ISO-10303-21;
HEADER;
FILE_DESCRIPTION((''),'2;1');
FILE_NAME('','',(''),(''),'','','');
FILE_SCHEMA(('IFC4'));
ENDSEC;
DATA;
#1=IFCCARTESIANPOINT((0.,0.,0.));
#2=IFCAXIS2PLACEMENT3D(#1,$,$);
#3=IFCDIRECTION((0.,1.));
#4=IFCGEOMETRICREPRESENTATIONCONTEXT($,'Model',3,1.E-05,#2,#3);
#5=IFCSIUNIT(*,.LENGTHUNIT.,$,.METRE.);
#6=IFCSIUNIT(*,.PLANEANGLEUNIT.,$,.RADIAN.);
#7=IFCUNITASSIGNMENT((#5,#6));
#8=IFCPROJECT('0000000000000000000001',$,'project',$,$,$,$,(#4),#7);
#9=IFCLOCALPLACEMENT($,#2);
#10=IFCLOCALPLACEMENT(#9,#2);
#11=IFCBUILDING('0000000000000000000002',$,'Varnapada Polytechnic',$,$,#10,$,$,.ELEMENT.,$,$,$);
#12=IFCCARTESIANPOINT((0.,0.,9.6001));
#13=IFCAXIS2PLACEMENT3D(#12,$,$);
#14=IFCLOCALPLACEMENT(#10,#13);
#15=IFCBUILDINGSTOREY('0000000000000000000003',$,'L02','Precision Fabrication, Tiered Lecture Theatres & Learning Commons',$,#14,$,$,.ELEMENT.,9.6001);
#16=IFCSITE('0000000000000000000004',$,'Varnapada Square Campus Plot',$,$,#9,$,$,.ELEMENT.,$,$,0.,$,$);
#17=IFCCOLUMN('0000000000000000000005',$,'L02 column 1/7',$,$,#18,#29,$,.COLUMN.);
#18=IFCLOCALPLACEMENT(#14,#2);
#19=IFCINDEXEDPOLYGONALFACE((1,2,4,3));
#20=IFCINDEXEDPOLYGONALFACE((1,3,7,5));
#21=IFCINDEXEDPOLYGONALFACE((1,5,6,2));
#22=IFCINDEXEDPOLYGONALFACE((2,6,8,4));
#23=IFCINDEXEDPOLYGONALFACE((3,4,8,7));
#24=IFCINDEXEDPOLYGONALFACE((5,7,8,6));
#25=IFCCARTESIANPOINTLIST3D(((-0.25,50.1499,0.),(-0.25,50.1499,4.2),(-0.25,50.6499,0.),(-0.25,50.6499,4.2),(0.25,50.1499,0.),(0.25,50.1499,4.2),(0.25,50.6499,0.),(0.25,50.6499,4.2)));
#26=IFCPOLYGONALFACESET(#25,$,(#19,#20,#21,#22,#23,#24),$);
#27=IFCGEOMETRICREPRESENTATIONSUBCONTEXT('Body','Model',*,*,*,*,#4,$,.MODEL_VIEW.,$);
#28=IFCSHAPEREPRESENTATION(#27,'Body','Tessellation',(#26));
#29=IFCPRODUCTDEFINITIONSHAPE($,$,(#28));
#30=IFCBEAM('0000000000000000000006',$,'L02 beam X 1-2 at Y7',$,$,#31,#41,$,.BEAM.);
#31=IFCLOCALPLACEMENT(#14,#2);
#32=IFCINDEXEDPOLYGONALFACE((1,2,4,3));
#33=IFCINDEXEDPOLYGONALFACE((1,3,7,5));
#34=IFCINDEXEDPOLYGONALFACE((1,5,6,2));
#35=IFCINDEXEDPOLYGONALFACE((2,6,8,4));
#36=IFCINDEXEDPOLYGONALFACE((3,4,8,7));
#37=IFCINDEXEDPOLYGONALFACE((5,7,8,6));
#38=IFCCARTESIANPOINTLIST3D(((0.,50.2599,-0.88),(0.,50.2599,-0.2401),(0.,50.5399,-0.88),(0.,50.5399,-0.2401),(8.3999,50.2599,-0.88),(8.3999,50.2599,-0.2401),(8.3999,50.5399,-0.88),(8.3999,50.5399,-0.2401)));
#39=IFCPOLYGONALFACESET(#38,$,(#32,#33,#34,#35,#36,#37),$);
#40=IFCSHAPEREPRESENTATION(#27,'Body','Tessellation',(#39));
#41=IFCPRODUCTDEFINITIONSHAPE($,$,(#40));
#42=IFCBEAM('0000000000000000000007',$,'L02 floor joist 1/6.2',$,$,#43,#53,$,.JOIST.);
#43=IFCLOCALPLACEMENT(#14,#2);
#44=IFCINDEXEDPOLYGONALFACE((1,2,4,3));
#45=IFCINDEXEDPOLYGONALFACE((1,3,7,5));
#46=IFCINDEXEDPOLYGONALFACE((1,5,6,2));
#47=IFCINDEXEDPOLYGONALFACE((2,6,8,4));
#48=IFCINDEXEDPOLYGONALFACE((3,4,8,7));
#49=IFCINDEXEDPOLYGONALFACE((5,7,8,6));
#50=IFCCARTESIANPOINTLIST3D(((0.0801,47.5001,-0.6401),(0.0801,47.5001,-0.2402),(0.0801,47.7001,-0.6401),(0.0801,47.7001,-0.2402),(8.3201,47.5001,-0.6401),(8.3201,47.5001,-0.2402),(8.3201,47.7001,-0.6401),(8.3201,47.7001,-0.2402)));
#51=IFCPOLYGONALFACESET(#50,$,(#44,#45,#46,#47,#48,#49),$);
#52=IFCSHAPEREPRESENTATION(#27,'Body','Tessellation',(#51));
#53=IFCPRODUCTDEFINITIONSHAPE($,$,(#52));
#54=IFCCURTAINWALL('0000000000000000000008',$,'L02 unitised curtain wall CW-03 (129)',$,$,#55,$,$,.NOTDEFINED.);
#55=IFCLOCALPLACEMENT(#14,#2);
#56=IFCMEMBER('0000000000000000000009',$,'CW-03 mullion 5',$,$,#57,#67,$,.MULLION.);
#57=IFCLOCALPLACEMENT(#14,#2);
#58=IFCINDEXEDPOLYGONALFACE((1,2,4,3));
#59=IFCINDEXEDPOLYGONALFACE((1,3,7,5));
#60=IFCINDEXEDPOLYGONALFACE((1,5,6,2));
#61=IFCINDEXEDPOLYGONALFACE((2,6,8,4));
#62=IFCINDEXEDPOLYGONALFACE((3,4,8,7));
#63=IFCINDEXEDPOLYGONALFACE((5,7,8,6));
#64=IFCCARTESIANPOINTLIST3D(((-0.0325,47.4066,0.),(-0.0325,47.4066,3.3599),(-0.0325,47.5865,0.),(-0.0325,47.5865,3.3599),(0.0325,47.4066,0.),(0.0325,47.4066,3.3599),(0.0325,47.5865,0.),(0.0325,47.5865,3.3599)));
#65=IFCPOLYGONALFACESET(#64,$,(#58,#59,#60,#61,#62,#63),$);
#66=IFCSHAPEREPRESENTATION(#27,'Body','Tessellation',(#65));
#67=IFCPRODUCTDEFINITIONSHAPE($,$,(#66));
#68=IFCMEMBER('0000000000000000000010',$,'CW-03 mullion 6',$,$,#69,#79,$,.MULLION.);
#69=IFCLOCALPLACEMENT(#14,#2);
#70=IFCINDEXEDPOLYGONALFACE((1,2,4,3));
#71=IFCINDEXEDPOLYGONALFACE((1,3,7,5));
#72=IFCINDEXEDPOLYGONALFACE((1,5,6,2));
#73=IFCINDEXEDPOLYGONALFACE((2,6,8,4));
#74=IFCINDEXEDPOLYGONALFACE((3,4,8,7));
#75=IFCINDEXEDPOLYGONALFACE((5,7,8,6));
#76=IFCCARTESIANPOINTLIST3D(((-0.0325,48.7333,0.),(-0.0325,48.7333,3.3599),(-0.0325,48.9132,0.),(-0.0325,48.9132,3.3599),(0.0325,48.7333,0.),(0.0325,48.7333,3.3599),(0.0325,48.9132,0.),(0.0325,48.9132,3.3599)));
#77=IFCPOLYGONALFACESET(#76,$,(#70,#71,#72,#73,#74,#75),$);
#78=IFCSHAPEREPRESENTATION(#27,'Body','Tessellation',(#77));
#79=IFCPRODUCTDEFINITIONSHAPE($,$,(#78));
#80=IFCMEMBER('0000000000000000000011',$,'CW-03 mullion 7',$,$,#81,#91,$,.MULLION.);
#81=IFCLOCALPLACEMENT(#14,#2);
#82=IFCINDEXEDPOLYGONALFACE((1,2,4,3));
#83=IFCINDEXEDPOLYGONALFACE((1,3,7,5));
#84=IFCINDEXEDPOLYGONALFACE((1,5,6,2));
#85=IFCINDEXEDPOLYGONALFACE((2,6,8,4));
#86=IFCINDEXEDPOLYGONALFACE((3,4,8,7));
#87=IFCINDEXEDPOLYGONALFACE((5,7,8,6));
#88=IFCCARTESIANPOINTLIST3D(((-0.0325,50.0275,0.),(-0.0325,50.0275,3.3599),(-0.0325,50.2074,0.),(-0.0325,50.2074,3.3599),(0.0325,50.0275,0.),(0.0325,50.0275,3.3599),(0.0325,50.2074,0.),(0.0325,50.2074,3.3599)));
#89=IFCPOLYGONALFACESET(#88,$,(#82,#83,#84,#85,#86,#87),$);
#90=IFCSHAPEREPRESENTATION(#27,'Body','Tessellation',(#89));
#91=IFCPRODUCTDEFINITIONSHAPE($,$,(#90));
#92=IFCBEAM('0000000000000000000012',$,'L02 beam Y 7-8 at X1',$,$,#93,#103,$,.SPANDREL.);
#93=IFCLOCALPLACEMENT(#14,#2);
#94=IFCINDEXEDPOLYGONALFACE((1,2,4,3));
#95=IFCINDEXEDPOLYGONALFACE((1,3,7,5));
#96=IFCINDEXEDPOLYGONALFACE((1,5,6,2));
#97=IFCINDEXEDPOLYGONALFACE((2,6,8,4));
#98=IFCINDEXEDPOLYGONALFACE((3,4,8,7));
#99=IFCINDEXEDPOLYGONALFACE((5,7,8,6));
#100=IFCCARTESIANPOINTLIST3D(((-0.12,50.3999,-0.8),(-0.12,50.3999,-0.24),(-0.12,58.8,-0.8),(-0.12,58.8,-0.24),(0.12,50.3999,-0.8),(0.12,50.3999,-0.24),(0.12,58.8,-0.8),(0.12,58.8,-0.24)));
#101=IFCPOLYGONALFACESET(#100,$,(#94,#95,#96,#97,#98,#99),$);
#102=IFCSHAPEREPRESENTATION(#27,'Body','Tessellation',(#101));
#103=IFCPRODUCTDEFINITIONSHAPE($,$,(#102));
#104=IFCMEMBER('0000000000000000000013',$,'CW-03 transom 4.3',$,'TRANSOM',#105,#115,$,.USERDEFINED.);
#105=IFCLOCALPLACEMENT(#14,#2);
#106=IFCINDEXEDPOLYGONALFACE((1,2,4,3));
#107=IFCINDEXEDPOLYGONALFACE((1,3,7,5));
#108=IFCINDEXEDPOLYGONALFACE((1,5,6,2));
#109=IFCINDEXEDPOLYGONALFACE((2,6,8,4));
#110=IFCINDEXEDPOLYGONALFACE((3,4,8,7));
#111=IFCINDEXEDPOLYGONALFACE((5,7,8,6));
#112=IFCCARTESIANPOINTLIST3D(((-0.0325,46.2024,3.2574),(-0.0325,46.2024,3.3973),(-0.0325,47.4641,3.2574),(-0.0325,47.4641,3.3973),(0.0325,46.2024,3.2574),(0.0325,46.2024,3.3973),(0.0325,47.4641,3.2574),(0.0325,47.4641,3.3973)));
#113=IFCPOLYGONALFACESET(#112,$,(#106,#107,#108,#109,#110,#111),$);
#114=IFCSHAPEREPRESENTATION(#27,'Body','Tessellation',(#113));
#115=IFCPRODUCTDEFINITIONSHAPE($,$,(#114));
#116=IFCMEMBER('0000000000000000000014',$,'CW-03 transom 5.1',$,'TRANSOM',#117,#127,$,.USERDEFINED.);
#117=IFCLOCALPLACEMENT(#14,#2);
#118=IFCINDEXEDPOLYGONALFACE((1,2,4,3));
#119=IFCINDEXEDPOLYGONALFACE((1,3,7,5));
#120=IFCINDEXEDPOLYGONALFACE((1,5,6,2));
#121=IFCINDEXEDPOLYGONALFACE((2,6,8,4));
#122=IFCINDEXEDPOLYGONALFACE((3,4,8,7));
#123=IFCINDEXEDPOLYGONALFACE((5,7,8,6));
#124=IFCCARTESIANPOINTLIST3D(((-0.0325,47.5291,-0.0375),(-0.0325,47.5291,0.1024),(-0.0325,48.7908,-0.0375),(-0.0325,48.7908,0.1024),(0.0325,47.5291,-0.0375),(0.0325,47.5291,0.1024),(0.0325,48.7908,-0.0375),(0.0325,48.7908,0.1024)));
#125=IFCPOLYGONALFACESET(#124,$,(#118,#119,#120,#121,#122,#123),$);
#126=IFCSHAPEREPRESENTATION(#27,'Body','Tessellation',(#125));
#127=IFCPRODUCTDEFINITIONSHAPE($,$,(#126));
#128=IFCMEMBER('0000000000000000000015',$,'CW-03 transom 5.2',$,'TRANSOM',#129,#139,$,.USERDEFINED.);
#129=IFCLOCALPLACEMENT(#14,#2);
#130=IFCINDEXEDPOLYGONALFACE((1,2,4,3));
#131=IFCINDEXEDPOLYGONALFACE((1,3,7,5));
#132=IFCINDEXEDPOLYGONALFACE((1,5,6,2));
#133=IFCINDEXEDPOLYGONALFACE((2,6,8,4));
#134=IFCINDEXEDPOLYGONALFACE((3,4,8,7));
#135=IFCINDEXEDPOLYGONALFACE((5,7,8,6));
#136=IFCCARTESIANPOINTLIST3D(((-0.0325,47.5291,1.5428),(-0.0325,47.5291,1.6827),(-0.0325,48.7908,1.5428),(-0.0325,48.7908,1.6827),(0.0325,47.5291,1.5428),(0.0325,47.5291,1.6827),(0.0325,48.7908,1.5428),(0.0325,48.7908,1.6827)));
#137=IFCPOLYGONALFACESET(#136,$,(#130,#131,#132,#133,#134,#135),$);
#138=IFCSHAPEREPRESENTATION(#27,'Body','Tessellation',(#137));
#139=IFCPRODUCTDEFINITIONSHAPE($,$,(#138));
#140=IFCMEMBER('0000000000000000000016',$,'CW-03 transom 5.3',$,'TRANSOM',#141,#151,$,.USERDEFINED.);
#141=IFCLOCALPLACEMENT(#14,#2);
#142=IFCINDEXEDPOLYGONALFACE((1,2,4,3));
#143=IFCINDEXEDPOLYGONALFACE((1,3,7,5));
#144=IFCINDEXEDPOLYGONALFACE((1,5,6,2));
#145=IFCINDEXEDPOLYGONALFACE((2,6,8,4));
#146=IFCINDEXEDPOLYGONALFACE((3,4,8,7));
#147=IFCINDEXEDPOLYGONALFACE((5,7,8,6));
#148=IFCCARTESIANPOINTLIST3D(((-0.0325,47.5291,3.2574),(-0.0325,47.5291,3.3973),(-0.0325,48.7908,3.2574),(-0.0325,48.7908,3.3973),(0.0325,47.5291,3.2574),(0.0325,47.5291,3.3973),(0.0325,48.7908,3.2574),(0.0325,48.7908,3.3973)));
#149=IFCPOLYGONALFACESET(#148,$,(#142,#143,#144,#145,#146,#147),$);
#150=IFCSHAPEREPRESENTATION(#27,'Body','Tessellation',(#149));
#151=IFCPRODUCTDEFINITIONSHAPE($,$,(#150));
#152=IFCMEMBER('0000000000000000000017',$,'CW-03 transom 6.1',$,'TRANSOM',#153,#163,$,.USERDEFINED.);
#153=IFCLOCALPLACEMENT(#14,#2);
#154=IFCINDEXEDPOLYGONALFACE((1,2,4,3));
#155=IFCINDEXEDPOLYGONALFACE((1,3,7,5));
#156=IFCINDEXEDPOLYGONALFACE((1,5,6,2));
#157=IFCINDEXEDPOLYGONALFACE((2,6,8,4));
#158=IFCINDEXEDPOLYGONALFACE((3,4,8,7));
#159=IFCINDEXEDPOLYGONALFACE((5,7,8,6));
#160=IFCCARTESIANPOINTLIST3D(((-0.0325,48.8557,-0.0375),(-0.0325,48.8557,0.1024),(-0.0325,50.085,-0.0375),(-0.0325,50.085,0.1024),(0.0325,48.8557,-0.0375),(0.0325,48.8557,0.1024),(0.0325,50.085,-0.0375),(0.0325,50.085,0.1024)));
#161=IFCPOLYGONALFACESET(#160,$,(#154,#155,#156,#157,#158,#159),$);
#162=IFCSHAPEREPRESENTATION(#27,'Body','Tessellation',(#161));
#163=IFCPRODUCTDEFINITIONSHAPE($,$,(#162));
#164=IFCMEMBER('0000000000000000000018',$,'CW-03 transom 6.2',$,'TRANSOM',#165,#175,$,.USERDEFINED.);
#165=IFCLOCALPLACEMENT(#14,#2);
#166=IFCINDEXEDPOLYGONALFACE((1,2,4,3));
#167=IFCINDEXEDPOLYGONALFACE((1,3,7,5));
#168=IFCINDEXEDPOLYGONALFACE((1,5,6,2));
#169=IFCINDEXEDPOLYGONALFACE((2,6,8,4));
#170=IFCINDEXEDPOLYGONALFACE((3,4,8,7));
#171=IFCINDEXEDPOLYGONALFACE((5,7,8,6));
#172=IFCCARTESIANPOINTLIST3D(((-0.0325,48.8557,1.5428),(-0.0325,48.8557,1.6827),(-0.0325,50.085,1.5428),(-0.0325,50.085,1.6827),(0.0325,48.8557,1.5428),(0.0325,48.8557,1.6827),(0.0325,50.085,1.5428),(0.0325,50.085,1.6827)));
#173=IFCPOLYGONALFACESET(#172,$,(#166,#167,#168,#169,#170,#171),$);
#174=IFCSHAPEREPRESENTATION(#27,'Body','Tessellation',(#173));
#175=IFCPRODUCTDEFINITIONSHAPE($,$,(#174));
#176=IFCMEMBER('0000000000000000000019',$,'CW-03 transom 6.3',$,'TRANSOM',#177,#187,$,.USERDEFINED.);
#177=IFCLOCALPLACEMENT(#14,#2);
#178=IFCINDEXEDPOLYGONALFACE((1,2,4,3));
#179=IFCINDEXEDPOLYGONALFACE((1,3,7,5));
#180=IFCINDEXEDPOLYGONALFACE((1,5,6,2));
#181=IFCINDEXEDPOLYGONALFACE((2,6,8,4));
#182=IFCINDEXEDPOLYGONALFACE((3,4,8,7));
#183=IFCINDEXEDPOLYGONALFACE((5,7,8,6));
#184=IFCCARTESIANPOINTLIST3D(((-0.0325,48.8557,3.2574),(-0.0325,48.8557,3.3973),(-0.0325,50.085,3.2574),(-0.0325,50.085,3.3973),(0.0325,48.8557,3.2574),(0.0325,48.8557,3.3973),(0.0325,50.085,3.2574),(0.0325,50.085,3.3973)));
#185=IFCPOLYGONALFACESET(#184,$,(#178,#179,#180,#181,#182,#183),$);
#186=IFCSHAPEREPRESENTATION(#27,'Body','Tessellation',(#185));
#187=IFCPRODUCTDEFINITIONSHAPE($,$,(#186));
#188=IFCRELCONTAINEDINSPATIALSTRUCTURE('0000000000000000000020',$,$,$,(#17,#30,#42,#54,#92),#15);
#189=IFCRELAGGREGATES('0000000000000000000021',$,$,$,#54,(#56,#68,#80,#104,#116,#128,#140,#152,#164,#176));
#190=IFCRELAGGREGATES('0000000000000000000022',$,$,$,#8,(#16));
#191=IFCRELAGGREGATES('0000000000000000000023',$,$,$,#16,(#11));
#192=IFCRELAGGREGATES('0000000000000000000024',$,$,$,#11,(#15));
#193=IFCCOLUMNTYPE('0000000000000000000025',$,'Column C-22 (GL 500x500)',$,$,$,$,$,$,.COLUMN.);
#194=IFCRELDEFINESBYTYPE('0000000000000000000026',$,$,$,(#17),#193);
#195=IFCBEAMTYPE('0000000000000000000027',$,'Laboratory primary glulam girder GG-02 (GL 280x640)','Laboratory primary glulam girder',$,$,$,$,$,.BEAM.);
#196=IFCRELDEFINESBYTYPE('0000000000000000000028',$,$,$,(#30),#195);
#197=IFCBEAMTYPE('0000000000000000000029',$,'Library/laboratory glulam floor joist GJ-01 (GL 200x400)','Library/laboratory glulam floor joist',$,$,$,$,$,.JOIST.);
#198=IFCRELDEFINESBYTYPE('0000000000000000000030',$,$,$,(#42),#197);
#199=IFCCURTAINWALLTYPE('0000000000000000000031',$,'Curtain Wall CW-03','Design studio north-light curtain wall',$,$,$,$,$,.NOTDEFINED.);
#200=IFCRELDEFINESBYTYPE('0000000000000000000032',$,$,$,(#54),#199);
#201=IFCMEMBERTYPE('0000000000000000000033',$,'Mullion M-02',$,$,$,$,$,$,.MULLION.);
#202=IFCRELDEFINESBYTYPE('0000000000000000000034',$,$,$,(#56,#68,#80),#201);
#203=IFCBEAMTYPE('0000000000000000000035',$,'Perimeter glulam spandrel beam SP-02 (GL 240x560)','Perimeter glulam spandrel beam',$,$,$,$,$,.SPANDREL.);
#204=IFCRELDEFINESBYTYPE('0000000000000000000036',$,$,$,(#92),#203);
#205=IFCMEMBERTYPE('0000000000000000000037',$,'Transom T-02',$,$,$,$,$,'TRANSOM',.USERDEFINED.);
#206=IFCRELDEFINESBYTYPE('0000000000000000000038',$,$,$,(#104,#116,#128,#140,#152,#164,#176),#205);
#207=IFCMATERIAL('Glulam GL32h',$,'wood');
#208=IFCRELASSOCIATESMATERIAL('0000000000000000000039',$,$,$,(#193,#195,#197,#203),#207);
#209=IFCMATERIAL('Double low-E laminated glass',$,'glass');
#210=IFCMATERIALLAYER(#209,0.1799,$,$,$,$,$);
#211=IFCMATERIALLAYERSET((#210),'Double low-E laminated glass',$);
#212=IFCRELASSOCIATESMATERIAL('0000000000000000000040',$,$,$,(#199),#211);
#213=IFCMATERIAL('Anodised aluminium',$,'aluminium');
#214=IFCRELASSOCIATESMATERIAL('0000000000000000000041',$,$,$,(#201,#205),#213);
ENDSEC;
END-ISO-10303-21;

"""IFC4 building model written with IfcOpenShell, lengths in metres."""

from ifc_helpers import new_model, si_unit, direction, frame, origin, origin_2d, place, context, subcontext, project, spatial, rectangle, extrude, material, layer, layer_set, material_profile, profile_set, type_object, element, aggregate, save


model = new_model("IFC4")

# Units and contexts
model_context = context("Model", 3, precision=1e-05, world=origin(), true_north=direction((0.0, 1.0)))
body_context = subcontext(model_context, "Body", "Model", "MODEL_VIEW")
ifc_project = project(units=[si_unit("LENGTHUNIT", "METRE"), si_unit("PLANEANGLEUNIT", "RADIAN")], contexts=[model_context])

# Site, building, storey
site_placement = place(None, origin())
site = spatial("IfcSite", under=ifc_project, at=site_placement, Name="Varnapada Square Campus Plot", CompositionType="ELEMENT", RefElevation=0.0)
building_placement = place(site_placement, origin())
building = spatial("IfcBuilding", under=site, at=building_placement, Name="Varnapada Polytechnic", CompositionType="ELEMENT")
storey_placement = place(building_placement, frame((0.0, 0.0, 9.6001)))
storey = spatial("IfcBuildingStorey", under=building, at=storey_placement, Name="L02", Description="Precision Fabrication, Tiered Lecture Theatres & Learning Commons", CompositionType="ELEMENT", Elevation=9.6001)

# Column
ifc_material_1 = material(Name="Glulam GL32h", Category="wood")
ifc_material_profile_1 = material_profile(ifc_material_1, rectangle(XDim=0.5, YDim=0.5, at=origin_2d()), Name="GL 500x500")
ifc_profile_set_1 = profile_set([ifc_material_profile_1], Name="Glulam GL32h")
column_type = type_object("IfcColumnType", Name="Column C-22 (GL 500x500)", PredefinedType="COLUMN", material=ifc_profile_set_1)
column_placement = place(storey_placement, frame((0.0, 50.3999, 0.0), z_axis=(0.0, 0.0, 1.0), x_axis=(1.0, 0.0, 0.0)))
element("IfcColumn", 1, at=column_placement, inside=storey, type_object=column_type, Name="L02 column 1/7", PredefinedType="COLUMN", context=body_context, shape_type="SweptSolid", body=[
    extrude(rectangle(XDim=0.5, YDim=0.5, at=origin_2d()), origin(), (0.0, 0.0, 1.0), 4.2),
])

# Beams
ifc_material_profile_2 = material_profile(ifc_material_1, rectangle(XDim=0.28, YDim=0.6399, at=origin_2d()), Name="GL 280x640")
ifc_profile_set_2 = profile_set([ifc_material_profile_2], Name="Glulam GL32h")
beam_type_1 = type_object("IfcBeamType", Name="Laboratory primary glulam girder GG-02 (GL 280x640)", Description="Laboratory primary glulam girder", PredefinedType="BEAM", material=ifc_profile_set_2)
beam_1_placement = place(storey_placement, frame((0.0, 50.3999, -0.5601), z_axis=(1.0, 0.0, 0.0), x_axis=(0.0, 1.0, 0.0)))
element("IfcBeam", 2, at=beam_1_placement, inside=storey, type_object=beam_type_1, Name="L02 beam X 1-2 at Y7", PredefinedType="BEAM", context=body_context, shape_type="SweptSolid", body=[
    extrude(rectangle(XDim=0.28, YDim=0.6399, at=origin_2d()), origin(), (0.0, 0.0, 1.0), 8.3999),
])
ifc_material_profile_3 = material_profile(ifc_material_1, rectangle(XDim=0.2, YDim=0.3999, at=origin_2d()), Name="GL 200x400")
ifc_profile_set_3 = profile_set([ifc_material_profile_3], Name="Glulam GL32h")
beam_type_2 = type_object("IfcBeamType", Name="Library/laboratory glulam floor joist GJ-01 (GL 200x400)", Description="Library/laboratory glulam floor joist", PredefinedType="JOIST", material=ifc_profile_set_3)
beam_2_placement = place(storey_placement, frame((0.0801, 47.6001, -0.4402), z_axis=(1.0, 0.0, 0.0), x_axis=(0.0, 1.0, 0.0)))
element("IfcBeam", 3, at=beam_2_placement, inside=storey, type_object=beam_type_2, Name="L02 floor joist 1/6.2", PredefinedType="JOIST", context=body_context, shape_type="SweptSolid", body=[
    extrude(rectangle(XDim=0.2, YDim=0.3999, at=origin_2d()), origin(), (0.0, 0.0, 1.0), 8.24),
])

# Curtain wall, members
ifc_material_2 = material(Name="Double low-E laminated glass", Category="glass")
ifc_layer_1 = layer(ifc_material_2, 0.1799)
ifc_layer_set_1 = layer_set([ifc_layer_1], Name="Double low-E laminated glass")
curtain_wall_type = type_object("IfcCurtainWallType", Name="Curtain Wall CW-03", Description="Design studio north-light curtain wall", PredefinedType="NOTDEFINED", material=ifc_layer_set_1)
curtain_wall_placement = place(storey_placement, origin())
curtain_wall = element("IfcCurtainWall", 4, at=curtain_wall_placement, inside=storey, type_object=curtain_wall_type, Name="L02 unitised curtain wall CW-03 (129)", PredefinedType="NOTDEFINED")
ifc_material_3 = material(Name="Anodised aluminium", Category="aluminium")
ifc_material_profile_4 = material_profile(ifc_material_3, rectangle(XDim=0.0649, YDim=0.1799, at=origin_2d()), Name="ALU M65x180")
ifc_profile_set_4 = profile_set([ifc_material_profile_4], Name="Anodised aluminium")
member_type_1 = type_object("IfcMemberType", Name="Mullion M-02", PredefinedType="MULLION", material=ifc_profile_set_4)
member_1_placement = place(storey_placement, frame((0.0, 47.4966, 0.0), z_axis=(0.0, 0.0, 1.0), x_axis=(-1.0, 0.0, 0.0)))
member_1 = element("IfcMember", 5, at=member_1_placement, type_object=member_type_1, Name="CW-03 mullion 5", PredefinedType="MULLION", context=body_context, shape_type="SweptSolid", body=[
    extrude(rectangle(XDim=0.0649, YDim=0.1799, at=origin_2d()), origin(), (0.0, 0.0, 1.0), 3.3599),
])
member_2_placement = place(storey_placement, frame((0.0, 48.8232, 0.0), z_axis=(0.0, 0.0, 1.0), x_axis=(-1.0, 0.0, 0.0)))
member_2 = element("IfcMember", 6, at=member_2_placement, type_object=member_type_1, Name="CW-03 mullion 6", PredefinedType="MULLION", context=body_context, shape_type="SweptSolid", body=[
    extrude(rectangle(XDim=0.0649, YDim=0.1799, at=origin_2d()), origin(), (0.0, 0.0, 1.0), 3.3599),
])
member_3_placement = place(storey_placement, frame((0.0, 50.1174, 0.0), z_axis=(0.0, 0.0, 1.0), x_axis=(-1.0, 0.0, 0.0)))
member_3 = element("IfcMember", 7, at=member_3_placement, type_object=member_type_1, Name="CW-03 mullion 7", PredefinedType="MULLION", context=body_context, shape_type="SweptSolid", body=[
    extrude(rectangle(XDim=0.0649, YDim=0.1799, at=origin_2d()), origin(), (0.0, 0.0, 1.0), 3.3599),
])

# Beam
ifc_material_profile_5 = material_profile(ifc_material_1, rectangle(XDim=0.24, YDim=0.5601, at=origin_2d()), Name="GL 240x560")
ifc_profile_set_5 = profile_set([ifc_material_profile_5], Name="Glulam GL32h")
beam_type_3 = type_object("IfcBeamType", Name="Perimeter glulam spandrel beam SP-02 (GL 240x560)", Description="Perimeter glulam spandrel beam", PredefinedType="SPANDREL", material=ifc_profile_set_5)
beam_3_placement = place(storey_placement, frame((0.0, 50.3999, -0.52), z_axis=(0.0, 1.0, 0.0), x_axis=(-1.0, 0.0, 0.0)))
element("IfcBeam", 8, at=beam_3_placement, inside=storey, type_object=beam_type_3, Name="L02 beam Y 7-8 at X1", PredefinedType="SPANDREL", context=body_context, shape_type="SweptSolid", body=[
    extrude(rectangle(XDim=0.24, YDim=0.5601, at=origin_2d()), origin(), (0.0, 0.0, 1.0), 8.4001),
])

# Members
ifc_material_profile_6 = material_profile(ifc_material_3, rectangle(XDim=0.0649, YDim=0.1399, at=origin_2d()), Name="ALU T65x140")
ifc_profile_set_6 = profile_set([ifc_material_profile_6], Name="Anodised aluminium")
member_type_2 = type_object("IfcMemberType", Name="Transom T-02", ElementType="TRANSOM", PredefinedType="USERDEFINED", material=ifc_profile_set_6)
member_4_placement = place(storey_placement, frame((0.0, 46.2024, 3.3274), z_axis=(0.0, 1.0, 0.0), x_axis=(-1.0, 0.0, 0.0)))
member_4 = element("IfcMember", 9, at=member_4_placement, type_object=member_type_2, Name="CW-03 transom 4.3", ObjectType="TRANSOM", PredefinedType="USERDEFINED", context=body_context, shape_type="SweptSolid", body=[
    extrude(rectangle(XDim=0.0649, YDim=0.1399, at=origin_2d()), origin(), (0.0, 0.0, 1.0), 1.2617),
])
member_5_placement = place(storey_placement, frame((0.0, 47.5291, 0.0325), z_axis=(0.0, 1.0, 0.0), x_axis=(-1.0, 0.0, 0.0)))
member_5 = element("IfcMember", 10, at=member_5_placement, type_object=member_type_2, Name="CW-03 transom 5.1", ObjectType="TRANSOM", PredefinedType="USERDEFINED", context=body_context, shape_type="SweptSolid", body=[
    extrude(rectangle(XDim=0.0649, YDim=0.1399, at=origin_2d()), origin(), (0.0, 0.0, 1.0), 1.2617),
])
member_6_placement = place(storey_placement, frame((0.0, 47.5291, 1.6128), z_axis=(0.0, 1.0, 0.0), x_axis=(-1.0, 0.0, 0.0)))
member_6 = element("IfcMember", 11, at=member_6_placement, type_object=member_type_2, Name="CW-03 transom 5.2", ObjectType="TRANSOM", PredefinedType="USERDEFINED", context=body_context, shape_type="SweptSolid", body=[
    extrude(rectangle(XDim=0.0649, YDim=0.1399, at=origin_2d()), origin(), (0.0, 0.0, 1.0), 1.2617),
])
member_7_placement = place(storey_placement, frame((0.0, 47.5291, 3.3274), z_axis=(0.0, 1.0, 0.0), x_axis=(-1.0, 0.0, 0.0)))
member_7 = element("IfcMember", 12, at=member_7_placement, type_object=member_type_2, Name="CW-03 transom 5.3", ObjectType="TRANSOM", PredefinedType="USERDEFINED", context=body_context, shape_type="SweptSolid", body=[
    extrude(rectangle(XDim=0.0649, YDim=0.1399, at=origin_2d()), origin(), (0.0, 0.0, 1.0), 1.2617),
])
member_8_placement = place(storey_placement, frame((0.0, 48.8557, 0.0325), z_axis=(0.0, 1.0, 0.0), x_axis=(-1.0, 0.0, 0.0)))
member_8 = element("IfcMember", 13, at=member_8_placement, type_object=member_type_2, Name="CW-03 transom 6.1", ObjectType="TRANSOM", PredefinedType="USERDEFINED", context=body_context, shape_type="SweptSolid", body=[
    extrude(rectangle(XDim=0.0649, YDim=0.1399, at=origin_2d()), origin(), (0.0, 0.0, 1.0), 1.2292),
])
member_9_placement = place(storey_placement, frame((0.0, 48.8557, 1.6128), z_axis=(0.0, 1.0, 0.0), x_axis=(-1.0, 0.0, 0.0)))
member_9 = element("IfcMember", 14, at=member_9_placement, type_object=member_type_2, Name="CW-03 transom 6.2", ObjectType="TRANSOM", PredefinedType="USERDEFINED", context=body_context, shape_type="SweptSolid", body=[
    extrude(rectangle(XDim=0.0649, YDim=0.1399, at=origin_2d()), origin(), (0.0, 0.0, 1.0), 1.2292),
])
member_10_placement = place(storey_placement, frame((0.0, 48.8557, 3.3274), z_axis=(0.0, 1.0, 0.0), x_axis=(-1.0, 0.0, 0.0)))
member_10 = element("IfcMember", 15, at=member_10_placement, type_object=member_type_2, Name="CW-03 transom 6.3", ObjectType="TRANSOM", PredefinedType="USERDEFINED", context=body_context, shape_type="SweptSolid", body=[
    extrude(rectangle(XDim=0.0649, YDim=0.1399, at=origin_2d()), origin(), (0.0, 0.0, 1.0), 1.2292),
])

aggregate(curtain_wall, [member_1, member_2, member_3, member_4, member_5, member_6, member_7, member_8, member_9, member_10])

save(model, "model.ifc")
